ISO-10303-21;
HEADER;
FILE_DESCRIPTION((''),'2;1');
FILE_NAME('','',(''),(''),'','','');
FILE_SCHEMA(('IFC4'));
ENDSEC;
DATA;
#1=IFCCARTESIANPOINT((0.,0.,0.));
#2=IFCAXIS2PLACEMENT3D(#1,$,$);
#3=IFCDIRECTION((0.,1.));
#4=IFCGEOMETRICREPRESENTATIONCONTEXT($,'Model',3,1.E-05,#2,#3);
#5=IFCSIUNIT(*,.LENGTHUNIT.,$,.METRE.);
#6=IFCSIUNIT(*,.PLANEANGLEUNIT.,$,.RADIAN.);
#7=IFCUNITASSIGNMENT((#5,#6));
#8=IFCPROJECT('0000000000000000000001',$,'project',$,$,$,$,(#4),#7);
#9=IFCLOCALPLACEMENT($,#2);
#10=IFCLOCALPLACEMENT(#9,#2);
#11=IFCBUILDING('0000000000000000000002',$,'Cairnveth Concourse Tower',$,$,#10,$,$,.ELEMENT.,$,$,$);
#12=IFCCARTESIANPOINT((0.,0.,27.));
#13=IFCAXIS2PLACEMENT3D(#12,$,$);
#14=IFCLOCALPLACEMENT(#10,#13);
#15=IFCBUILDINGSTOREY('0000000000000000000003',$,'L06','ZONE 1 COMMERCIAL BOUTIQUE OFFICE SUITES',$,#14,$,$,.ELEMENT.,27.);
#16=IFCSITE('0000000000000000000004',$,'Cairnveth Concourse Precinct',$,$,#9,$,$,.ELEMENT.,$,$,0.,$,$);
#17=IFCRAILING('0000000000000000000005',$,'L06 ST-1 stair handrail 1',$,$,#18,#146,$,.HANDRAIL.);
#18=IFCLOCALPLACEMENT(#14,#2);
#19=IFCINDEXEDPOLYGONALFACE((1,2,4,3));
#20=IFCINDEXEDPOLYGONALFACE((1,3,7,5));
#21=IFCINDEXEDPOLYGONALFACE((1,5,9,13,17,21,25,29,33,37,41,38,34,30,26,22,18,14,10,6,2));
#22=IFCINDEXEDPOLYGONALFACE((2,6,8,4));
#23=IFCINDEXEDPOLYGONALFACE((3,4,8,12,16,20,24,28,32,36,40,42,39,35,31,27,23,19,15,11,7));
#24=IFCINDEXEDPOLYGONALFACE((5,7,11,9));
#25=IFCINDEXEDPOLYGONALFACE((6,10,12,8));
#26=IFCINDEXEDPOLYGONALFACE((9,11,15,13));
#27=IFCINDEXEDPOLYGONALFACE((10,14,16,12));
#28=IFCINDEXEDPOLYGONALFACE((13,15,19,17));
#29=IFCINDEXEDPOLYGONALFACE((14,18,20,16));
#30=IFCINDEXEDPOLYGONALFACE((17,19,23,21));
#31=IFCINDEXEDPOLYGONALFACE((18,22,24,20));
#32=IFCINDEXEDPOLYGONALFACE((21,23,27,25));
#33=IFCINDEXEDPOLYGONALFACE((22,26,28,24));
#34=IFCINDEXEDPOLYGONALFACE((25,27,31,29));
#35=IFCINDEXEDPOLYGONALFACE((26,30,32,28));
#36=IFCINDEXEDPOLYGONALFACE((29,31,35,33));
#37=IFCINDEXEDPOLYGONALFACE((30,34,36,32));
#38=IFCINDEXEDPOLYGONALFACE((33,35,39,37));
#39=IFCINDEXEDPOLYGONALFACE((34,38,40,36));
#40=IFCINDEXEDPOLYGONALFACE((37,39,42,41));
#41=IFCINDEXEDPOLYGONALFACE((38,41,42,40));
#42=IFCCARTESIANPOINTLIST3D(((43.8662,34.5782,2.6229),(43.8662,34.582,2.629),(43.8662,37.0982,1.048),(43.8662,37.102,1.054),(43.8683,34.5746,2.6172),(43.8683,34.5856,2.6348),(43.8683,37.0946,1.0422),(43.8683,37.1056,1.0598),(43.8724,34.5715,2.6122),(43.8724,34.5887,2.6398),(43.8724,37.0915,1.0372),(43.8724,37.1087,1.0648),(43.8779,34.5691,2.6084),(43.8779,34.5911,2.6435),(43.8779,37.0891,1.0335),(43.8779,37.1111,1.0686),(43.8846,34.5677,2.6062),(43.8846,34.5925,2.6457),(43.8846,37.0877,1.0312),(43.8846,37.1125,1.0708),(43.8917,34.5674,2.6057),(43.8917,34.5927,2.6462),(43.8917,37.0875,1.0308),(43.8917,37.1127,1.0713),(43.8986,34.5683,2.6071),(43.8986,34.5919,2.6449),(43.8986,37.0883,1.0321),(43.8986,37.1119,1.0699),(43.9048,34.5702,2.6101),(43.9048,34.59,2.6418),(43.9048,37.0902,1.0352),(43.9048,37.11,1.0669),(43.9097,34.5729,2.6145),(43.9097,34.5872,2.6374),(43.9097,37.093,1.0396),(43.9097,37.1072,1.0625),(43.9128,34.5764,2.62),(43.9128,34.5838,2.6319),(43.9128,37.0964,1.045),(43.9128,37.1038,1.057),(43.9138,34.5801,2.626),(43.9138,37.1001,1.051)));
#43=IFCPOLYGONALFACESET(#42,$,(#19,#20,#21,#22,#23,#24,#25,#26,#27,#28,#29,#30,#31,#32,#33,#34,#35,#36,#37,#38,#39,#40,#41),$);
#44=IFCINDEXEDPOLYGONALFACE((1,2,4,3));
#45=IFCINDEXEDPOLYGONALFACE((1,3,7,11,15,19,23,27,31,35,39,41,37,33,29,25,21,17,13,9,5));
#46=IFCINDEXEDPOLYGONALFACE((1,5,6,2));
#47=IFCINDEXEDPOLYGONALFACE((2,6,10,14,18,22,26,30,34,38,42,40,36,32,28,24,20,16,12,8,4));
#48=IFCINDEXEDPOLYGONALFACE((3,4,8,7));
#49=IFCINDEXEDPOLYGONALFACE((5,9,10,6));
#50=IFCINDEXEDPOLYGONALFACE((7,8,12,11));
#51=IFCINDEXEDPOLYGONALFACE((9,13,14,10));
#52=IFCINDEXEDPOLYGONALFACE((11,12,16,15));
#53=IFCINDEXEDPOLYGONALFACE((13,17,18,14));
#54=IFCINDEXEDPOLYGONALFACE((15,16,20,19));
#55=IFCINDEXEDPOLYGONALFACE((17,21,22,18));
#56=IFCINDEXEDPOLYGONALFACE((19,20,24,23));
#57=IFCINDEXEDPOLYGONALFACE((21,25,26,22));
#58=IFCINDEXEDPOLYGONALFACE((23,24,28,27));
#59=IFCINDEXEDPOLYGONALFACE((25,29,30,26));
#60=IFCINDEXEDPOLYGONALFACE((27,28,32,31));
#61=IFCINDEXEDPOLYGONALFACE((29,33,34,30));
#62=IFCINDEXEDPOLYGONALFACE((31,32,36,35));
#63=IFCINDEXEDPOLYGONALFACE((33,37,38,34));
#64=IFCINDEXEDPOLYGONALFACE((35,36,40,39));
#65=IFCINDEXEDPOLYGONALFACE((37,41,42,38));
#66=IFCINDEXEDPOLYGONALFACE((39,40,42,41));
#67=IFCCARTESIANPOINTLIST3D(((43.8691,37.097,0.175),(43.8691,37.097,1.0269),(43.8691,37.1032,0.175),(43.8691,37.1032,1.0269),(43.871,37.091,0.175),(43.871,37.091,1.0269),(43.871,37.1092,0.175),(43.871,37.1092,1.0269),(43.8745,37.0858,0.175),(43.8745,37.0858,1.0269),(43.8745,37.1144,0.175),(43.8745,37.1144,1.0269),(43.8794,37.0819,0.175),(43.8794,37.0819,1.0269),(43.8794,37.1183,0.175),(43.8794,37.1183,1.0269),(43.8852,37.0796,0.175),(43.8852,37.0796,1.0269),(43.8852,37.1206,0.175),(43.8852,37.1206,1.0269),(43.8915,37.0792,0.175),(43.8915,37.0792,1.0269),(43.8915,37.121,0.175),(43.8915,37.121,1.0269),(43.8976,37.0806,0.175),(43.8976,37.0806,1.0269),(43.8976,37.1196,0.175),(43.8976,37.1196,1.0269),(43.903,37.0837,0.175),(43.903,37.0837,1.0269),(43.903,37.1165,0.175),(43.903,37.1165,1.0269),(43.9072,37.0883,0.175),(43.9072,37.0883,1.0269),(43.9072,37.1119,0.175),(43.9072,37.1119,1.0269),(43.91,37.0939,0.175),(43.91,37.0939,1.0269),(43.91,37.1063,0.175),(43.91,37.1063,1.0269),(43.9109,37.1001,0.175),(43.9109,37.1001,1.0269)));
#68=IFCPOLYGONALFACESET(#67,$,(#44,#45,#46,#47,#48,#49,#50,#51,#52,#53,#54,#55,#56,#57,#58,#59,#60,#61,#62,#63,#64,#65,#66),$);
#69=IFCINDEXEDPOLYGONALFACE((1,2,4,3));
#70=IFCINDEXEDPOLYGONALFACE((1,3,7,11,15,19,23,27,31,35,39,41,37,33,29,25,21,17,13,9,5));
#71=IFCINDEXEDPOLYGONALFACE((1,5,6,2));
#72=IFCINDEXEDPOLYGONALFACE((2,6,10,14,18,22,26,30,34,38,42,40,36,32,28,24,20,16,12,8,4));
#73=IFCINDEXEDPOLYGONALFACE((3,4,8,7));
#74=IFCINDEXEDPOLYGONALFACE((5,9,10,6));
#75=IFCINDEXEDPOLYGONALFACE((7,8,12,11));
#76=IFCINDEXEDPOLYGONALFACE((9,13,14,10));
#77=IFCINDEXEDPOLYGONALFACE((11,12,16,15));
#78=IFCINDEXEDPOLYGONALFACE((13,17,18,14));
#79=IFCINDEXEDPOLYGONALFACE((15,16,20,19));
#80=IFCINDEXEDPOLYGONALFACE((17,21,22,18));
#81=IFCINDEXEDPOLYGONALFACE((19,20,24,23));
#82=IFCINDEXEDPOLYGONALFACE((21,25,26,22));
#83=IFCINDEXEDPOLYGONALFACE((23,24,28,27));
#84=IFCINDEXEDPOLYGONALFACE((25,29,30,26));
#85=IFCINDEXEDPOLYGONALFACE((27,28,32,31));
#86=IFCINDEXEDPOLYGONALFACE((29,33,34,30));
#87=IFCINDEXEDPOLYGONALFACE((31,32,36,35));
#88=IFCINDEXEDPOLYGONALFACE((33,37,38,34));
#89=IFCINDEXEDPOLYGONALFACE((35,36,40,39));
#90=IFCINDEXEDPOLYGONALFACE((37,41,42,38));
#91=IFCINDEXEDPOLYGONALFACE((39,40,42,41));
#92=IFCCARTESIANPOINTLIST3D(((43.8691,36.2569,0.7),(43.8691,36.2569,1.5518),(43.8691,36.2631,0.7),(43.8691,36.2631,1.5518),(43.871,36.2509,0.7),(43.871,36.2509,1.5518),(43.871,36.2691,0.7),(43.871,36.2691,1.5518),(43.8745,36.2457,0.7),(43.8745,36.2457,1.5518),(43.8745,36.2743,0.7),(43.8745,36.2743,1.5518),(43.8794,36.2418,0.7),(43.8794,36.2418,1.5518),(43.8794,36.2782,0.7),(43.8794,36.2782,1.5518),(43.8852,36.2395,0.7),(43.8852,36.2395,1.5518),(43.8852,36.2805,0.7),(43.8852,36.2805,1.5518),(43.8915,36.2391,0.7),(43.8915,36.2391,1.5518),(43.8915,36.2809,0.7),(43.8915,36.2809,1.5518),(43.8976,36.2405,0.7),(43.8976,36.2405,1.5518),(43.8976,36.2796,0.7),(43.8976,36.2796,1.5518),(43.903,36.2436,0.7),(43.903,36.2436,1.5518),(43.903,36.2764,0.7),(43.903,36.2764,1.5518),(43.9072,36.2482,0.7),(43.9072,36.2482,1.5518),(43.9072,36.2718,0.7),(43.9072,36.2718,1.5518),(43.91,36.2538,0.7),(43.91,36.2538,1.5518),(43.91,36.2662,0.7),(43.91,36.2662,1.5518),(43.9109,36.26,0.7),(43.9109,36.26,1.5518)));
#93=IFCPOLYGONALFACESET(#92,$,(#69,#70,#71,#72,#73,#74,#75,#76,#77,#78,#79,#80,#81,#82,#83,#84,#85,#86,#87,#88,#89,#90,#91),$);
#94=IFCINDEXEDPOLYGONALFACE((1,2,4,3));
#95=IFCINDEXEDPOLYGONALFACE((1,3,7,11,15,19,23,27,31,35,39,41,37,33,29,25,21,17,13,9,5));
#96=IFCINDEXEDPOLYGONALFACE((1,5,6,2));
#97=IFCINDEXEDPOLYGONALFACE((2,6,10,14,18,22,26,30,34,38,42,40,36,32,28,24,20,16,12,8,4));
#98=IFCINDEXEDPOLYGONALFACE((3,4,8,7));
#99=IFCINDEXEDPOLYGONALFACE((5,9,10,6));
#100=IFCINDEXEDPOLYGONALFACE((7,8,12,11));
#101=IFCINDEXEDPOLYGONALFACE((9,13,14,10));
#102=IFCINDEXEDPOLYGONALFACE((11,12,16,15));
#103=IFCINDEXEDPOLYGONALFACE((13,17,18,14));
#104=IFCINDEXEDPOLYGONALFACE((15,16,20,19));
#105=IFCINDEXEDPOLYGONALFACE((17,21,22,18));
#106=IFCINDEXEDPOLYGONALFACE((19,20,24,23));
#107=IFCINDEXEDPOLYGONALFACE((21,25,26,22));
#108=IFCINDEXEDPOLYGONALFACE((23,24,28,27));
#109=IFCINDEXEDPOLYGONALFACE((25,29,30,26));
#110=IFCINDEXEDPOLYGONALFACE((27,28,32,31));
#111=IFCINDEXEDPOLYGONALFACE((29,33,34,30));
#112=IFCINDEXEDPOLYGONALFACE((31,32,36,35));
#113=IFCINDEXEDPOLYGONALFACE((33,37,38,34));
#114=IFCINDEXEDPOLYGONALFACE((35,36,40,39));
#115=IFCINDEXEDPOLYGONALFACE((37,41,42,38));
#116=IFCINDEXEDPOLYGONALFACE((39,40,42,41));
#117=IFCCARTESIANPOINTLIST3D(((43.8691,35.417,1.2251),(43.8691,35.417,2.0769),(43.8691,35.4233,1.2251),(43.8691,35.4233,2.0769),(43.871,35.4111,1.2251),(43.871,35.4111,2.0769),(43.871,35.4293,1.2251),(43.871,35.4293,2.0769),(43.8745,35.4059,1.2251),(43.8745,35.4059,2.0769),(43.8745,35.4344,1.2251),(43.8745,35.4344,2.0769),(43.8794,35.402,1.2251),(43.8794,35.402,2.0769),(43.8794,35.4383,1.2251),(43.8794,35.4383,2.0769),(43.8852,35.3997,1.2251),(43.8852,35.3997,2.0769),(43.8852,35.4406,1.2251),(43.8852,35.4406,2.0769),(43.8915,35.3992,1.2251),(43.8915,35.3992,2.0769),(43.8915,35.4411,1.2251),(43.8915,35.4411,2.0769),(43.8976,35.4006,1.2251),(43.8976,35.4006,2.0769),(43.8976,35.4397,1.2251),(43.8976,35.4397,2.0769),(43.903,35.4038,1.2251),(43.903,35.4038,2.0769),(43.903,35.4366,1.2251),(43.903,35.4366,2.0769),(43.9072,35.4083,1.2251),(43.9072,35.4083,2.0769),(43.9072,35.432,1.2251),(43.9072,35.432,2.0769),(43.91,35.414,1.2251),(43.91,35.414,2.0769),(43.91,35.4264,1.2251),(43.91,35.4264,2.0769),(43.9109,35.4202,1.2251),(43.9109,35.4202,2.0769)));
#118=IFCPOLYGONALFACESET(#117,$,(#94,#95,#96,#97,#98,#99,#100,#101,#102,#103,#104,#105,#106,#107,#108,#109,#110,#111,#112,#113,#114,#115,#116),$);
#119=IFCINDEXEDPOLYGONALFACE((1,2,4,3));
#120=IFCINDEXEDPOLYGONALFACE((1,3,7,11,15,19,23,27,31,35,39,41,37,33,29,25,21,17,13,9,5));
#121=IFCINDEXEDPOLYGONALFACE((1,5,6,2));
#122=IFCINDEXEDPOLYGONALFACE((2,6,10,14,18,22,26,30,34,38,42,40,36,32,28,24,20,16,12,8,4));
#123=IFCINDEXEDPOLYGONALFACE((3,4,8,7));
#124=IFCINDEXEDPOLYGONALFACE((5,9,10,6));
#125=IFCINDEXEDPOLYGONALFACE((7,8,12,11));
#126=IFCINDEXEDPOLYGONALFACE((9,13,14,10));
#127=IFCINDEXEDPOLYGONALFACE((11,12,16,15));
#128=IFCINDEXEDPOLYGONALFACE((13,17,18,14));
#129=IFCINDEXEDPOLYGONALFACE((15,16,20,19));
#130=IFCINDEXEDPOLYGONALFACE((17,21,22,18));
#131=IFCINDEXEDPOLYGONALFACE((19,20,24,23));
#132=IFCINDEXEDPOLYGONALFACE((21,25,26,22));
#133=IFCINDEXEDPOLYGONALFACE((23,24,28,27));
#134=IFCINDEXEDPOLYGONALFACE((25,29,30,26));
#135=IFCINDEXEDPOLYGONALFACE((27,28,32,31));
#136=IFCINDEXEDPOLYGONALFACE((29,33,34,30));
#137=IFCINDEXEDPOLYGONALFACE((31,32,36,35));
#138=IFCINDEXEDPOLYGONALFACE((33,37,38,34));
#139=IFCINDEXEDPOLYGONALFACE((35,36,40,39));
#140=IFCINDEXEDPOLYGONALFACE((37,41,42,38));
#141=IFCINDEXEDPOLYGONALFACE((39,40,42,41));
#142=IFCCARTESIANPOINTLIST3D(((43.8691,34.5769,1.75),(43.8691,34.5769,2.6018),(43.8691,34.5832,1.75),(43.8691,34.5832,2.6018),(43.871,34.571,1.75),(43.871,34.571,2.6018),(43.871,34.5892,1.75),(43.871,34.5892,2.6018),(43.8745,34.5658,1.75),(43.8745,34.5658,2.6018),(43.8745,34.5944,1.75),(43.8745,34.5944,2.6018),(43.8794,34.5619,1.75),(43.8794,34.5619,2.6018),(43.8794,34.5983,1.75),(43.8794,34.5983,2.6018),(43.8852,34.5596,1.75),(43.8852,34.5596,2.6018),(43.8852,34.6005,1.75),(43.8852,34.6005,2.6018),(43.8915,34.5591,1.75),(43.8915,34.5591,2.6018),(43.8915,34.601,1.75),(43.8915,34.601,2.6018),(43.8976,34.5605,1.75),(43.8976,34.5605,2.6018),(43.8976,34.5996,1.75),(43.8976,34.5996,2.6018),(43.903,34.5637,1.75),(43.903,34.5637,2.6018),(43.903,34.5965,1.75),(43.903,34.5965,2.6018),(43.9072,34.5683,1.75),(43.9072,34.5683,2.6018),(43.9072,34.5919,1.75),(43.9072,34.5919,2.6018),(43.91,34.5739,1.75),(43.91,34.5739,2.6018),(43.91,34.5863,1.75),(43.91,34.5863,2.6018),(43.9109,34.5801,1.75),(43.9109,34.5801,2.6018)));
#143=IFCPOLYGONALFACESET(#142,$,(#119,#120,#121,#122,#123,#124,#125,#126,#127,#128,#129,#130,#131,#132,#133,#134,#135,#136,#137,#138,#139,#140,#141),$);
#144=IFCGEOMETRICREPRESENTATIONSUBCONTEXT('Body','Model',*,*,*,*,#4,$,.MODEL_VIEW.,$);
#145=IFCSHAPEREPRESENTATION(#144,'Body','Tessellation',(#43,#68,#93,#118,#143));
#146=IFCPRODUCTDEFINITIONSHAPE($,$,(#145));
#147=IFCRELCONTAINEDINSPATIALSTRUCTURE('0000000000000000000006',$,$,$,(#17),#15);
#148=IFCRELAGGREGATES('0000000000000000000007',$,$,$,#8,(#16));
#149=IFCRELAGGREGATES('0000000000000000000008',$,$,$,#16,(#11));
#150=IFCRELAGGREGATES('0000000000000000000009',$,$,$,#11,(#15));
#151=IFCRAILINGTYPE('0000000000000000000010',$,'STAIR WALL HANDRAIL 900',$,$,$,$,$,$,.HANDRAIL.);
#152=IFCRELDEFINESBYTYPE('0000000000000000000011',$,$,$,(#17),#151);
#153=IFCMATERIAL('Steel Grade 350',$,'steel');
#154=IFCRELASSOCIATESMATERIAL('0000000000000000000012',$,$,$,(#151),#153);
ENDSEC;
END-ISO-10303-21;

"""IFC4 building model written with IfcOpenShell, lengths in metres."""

from ifc_helpers import new_model, si_unit, direction, frame, origin, origin_2d, place, context, subcontext, project, spatial, circle, extrude, material, type_object, element, save


model = new_model("IFC4")

# Units and contexts
model_context = context("Model", 3, precision=1e-05, world=origin(), true_north=direction((0.0, 1.0)))
body_context = subcontext(model_context, "Body", "Model", "MODEL_VIEW")
ifc_project = project(units=[si_unit("LENGTHUNIT", "METRE"), si_unit("PLANEANGLEUNIT", "RADIAN")], contexts=[model_context])

# Site, building, storey
site_placement = place(None, origin())
site = spatial("IfcSite", under=ifc_project, at=site_placement, Name="Cairnveth Concourse Precinct", CompositionType="ELEMENT", RefElevation=0.0)
building_placement = place(site_placement, origin())
building = spatial("IfcBuilding", under=site, at=building_placement, Name="Cairnveth Concourse Tower", CompositionType="ELEMENT")
storey_placement = place(building_placement, frame((0.0, 0.0, 27.0)))
storey = spatial("IfcBuildingStorey", under=building, at=storey_placement, Name="L06", Description="ZONE 1 COMMERCIAL BOUTIQUE OFFICE SUITES", CompositionType="ELEMENT", Elevation=27.0)

# Shared definitions
ifc_material_1 = material(Name="Steel Grade 350", Category="steel")

# Railing
railing_type_1 = type_object("IfcRailingType", Name="STAIR WALL HANDRAIL 900", PredefinedType="HANDRAIL", material=ifc_material_1)
railing_1_placement = place(storey_placement, frame((43.8899, 37.1001, 0.175)))
element("IfcRailing", 1, at=railing_1_placement, inside=storey, type_object=railing_type_1, Name="L06 ST-1 stair handrail 1", PredefinedType="HANDRAIL", context=body_context, shape_type="SweptSolid", body=[
    extrude(circle(Radius=0.0239, at=origin_2d()), frame((0.0, 0.0, 0.876), z_axis=(0.0, -0.848008, 0.529984), x_axis=(1.0, 0.0, 0.0)), (0.0, 0.0, 1.0), 2.9717),
    extrude(circle(Radius=0.021, at=origin_2d()), origin(), (0.0, 0.0, 1.0), 0.8518),
    extrude(circle(Radius=0.021, at=origin_2d()), frame((0.0, -0.8401, 0.5249)), (0.0, 0.0, 1.0), 0.8518),
    extrude(circle(Radius=0.021, at=origin_2d()), frame((0.0, -1.6799, 1.05)), (0.0, 0.0, 1.0), 0.8518),
    extrude(circle(Radius=0.021, at=origin_2d()), frame((0.0, -2.52, 1.575)), (0.0, 0.0, 1.0), 0.8518),
])

save(model, "model.ifc")
